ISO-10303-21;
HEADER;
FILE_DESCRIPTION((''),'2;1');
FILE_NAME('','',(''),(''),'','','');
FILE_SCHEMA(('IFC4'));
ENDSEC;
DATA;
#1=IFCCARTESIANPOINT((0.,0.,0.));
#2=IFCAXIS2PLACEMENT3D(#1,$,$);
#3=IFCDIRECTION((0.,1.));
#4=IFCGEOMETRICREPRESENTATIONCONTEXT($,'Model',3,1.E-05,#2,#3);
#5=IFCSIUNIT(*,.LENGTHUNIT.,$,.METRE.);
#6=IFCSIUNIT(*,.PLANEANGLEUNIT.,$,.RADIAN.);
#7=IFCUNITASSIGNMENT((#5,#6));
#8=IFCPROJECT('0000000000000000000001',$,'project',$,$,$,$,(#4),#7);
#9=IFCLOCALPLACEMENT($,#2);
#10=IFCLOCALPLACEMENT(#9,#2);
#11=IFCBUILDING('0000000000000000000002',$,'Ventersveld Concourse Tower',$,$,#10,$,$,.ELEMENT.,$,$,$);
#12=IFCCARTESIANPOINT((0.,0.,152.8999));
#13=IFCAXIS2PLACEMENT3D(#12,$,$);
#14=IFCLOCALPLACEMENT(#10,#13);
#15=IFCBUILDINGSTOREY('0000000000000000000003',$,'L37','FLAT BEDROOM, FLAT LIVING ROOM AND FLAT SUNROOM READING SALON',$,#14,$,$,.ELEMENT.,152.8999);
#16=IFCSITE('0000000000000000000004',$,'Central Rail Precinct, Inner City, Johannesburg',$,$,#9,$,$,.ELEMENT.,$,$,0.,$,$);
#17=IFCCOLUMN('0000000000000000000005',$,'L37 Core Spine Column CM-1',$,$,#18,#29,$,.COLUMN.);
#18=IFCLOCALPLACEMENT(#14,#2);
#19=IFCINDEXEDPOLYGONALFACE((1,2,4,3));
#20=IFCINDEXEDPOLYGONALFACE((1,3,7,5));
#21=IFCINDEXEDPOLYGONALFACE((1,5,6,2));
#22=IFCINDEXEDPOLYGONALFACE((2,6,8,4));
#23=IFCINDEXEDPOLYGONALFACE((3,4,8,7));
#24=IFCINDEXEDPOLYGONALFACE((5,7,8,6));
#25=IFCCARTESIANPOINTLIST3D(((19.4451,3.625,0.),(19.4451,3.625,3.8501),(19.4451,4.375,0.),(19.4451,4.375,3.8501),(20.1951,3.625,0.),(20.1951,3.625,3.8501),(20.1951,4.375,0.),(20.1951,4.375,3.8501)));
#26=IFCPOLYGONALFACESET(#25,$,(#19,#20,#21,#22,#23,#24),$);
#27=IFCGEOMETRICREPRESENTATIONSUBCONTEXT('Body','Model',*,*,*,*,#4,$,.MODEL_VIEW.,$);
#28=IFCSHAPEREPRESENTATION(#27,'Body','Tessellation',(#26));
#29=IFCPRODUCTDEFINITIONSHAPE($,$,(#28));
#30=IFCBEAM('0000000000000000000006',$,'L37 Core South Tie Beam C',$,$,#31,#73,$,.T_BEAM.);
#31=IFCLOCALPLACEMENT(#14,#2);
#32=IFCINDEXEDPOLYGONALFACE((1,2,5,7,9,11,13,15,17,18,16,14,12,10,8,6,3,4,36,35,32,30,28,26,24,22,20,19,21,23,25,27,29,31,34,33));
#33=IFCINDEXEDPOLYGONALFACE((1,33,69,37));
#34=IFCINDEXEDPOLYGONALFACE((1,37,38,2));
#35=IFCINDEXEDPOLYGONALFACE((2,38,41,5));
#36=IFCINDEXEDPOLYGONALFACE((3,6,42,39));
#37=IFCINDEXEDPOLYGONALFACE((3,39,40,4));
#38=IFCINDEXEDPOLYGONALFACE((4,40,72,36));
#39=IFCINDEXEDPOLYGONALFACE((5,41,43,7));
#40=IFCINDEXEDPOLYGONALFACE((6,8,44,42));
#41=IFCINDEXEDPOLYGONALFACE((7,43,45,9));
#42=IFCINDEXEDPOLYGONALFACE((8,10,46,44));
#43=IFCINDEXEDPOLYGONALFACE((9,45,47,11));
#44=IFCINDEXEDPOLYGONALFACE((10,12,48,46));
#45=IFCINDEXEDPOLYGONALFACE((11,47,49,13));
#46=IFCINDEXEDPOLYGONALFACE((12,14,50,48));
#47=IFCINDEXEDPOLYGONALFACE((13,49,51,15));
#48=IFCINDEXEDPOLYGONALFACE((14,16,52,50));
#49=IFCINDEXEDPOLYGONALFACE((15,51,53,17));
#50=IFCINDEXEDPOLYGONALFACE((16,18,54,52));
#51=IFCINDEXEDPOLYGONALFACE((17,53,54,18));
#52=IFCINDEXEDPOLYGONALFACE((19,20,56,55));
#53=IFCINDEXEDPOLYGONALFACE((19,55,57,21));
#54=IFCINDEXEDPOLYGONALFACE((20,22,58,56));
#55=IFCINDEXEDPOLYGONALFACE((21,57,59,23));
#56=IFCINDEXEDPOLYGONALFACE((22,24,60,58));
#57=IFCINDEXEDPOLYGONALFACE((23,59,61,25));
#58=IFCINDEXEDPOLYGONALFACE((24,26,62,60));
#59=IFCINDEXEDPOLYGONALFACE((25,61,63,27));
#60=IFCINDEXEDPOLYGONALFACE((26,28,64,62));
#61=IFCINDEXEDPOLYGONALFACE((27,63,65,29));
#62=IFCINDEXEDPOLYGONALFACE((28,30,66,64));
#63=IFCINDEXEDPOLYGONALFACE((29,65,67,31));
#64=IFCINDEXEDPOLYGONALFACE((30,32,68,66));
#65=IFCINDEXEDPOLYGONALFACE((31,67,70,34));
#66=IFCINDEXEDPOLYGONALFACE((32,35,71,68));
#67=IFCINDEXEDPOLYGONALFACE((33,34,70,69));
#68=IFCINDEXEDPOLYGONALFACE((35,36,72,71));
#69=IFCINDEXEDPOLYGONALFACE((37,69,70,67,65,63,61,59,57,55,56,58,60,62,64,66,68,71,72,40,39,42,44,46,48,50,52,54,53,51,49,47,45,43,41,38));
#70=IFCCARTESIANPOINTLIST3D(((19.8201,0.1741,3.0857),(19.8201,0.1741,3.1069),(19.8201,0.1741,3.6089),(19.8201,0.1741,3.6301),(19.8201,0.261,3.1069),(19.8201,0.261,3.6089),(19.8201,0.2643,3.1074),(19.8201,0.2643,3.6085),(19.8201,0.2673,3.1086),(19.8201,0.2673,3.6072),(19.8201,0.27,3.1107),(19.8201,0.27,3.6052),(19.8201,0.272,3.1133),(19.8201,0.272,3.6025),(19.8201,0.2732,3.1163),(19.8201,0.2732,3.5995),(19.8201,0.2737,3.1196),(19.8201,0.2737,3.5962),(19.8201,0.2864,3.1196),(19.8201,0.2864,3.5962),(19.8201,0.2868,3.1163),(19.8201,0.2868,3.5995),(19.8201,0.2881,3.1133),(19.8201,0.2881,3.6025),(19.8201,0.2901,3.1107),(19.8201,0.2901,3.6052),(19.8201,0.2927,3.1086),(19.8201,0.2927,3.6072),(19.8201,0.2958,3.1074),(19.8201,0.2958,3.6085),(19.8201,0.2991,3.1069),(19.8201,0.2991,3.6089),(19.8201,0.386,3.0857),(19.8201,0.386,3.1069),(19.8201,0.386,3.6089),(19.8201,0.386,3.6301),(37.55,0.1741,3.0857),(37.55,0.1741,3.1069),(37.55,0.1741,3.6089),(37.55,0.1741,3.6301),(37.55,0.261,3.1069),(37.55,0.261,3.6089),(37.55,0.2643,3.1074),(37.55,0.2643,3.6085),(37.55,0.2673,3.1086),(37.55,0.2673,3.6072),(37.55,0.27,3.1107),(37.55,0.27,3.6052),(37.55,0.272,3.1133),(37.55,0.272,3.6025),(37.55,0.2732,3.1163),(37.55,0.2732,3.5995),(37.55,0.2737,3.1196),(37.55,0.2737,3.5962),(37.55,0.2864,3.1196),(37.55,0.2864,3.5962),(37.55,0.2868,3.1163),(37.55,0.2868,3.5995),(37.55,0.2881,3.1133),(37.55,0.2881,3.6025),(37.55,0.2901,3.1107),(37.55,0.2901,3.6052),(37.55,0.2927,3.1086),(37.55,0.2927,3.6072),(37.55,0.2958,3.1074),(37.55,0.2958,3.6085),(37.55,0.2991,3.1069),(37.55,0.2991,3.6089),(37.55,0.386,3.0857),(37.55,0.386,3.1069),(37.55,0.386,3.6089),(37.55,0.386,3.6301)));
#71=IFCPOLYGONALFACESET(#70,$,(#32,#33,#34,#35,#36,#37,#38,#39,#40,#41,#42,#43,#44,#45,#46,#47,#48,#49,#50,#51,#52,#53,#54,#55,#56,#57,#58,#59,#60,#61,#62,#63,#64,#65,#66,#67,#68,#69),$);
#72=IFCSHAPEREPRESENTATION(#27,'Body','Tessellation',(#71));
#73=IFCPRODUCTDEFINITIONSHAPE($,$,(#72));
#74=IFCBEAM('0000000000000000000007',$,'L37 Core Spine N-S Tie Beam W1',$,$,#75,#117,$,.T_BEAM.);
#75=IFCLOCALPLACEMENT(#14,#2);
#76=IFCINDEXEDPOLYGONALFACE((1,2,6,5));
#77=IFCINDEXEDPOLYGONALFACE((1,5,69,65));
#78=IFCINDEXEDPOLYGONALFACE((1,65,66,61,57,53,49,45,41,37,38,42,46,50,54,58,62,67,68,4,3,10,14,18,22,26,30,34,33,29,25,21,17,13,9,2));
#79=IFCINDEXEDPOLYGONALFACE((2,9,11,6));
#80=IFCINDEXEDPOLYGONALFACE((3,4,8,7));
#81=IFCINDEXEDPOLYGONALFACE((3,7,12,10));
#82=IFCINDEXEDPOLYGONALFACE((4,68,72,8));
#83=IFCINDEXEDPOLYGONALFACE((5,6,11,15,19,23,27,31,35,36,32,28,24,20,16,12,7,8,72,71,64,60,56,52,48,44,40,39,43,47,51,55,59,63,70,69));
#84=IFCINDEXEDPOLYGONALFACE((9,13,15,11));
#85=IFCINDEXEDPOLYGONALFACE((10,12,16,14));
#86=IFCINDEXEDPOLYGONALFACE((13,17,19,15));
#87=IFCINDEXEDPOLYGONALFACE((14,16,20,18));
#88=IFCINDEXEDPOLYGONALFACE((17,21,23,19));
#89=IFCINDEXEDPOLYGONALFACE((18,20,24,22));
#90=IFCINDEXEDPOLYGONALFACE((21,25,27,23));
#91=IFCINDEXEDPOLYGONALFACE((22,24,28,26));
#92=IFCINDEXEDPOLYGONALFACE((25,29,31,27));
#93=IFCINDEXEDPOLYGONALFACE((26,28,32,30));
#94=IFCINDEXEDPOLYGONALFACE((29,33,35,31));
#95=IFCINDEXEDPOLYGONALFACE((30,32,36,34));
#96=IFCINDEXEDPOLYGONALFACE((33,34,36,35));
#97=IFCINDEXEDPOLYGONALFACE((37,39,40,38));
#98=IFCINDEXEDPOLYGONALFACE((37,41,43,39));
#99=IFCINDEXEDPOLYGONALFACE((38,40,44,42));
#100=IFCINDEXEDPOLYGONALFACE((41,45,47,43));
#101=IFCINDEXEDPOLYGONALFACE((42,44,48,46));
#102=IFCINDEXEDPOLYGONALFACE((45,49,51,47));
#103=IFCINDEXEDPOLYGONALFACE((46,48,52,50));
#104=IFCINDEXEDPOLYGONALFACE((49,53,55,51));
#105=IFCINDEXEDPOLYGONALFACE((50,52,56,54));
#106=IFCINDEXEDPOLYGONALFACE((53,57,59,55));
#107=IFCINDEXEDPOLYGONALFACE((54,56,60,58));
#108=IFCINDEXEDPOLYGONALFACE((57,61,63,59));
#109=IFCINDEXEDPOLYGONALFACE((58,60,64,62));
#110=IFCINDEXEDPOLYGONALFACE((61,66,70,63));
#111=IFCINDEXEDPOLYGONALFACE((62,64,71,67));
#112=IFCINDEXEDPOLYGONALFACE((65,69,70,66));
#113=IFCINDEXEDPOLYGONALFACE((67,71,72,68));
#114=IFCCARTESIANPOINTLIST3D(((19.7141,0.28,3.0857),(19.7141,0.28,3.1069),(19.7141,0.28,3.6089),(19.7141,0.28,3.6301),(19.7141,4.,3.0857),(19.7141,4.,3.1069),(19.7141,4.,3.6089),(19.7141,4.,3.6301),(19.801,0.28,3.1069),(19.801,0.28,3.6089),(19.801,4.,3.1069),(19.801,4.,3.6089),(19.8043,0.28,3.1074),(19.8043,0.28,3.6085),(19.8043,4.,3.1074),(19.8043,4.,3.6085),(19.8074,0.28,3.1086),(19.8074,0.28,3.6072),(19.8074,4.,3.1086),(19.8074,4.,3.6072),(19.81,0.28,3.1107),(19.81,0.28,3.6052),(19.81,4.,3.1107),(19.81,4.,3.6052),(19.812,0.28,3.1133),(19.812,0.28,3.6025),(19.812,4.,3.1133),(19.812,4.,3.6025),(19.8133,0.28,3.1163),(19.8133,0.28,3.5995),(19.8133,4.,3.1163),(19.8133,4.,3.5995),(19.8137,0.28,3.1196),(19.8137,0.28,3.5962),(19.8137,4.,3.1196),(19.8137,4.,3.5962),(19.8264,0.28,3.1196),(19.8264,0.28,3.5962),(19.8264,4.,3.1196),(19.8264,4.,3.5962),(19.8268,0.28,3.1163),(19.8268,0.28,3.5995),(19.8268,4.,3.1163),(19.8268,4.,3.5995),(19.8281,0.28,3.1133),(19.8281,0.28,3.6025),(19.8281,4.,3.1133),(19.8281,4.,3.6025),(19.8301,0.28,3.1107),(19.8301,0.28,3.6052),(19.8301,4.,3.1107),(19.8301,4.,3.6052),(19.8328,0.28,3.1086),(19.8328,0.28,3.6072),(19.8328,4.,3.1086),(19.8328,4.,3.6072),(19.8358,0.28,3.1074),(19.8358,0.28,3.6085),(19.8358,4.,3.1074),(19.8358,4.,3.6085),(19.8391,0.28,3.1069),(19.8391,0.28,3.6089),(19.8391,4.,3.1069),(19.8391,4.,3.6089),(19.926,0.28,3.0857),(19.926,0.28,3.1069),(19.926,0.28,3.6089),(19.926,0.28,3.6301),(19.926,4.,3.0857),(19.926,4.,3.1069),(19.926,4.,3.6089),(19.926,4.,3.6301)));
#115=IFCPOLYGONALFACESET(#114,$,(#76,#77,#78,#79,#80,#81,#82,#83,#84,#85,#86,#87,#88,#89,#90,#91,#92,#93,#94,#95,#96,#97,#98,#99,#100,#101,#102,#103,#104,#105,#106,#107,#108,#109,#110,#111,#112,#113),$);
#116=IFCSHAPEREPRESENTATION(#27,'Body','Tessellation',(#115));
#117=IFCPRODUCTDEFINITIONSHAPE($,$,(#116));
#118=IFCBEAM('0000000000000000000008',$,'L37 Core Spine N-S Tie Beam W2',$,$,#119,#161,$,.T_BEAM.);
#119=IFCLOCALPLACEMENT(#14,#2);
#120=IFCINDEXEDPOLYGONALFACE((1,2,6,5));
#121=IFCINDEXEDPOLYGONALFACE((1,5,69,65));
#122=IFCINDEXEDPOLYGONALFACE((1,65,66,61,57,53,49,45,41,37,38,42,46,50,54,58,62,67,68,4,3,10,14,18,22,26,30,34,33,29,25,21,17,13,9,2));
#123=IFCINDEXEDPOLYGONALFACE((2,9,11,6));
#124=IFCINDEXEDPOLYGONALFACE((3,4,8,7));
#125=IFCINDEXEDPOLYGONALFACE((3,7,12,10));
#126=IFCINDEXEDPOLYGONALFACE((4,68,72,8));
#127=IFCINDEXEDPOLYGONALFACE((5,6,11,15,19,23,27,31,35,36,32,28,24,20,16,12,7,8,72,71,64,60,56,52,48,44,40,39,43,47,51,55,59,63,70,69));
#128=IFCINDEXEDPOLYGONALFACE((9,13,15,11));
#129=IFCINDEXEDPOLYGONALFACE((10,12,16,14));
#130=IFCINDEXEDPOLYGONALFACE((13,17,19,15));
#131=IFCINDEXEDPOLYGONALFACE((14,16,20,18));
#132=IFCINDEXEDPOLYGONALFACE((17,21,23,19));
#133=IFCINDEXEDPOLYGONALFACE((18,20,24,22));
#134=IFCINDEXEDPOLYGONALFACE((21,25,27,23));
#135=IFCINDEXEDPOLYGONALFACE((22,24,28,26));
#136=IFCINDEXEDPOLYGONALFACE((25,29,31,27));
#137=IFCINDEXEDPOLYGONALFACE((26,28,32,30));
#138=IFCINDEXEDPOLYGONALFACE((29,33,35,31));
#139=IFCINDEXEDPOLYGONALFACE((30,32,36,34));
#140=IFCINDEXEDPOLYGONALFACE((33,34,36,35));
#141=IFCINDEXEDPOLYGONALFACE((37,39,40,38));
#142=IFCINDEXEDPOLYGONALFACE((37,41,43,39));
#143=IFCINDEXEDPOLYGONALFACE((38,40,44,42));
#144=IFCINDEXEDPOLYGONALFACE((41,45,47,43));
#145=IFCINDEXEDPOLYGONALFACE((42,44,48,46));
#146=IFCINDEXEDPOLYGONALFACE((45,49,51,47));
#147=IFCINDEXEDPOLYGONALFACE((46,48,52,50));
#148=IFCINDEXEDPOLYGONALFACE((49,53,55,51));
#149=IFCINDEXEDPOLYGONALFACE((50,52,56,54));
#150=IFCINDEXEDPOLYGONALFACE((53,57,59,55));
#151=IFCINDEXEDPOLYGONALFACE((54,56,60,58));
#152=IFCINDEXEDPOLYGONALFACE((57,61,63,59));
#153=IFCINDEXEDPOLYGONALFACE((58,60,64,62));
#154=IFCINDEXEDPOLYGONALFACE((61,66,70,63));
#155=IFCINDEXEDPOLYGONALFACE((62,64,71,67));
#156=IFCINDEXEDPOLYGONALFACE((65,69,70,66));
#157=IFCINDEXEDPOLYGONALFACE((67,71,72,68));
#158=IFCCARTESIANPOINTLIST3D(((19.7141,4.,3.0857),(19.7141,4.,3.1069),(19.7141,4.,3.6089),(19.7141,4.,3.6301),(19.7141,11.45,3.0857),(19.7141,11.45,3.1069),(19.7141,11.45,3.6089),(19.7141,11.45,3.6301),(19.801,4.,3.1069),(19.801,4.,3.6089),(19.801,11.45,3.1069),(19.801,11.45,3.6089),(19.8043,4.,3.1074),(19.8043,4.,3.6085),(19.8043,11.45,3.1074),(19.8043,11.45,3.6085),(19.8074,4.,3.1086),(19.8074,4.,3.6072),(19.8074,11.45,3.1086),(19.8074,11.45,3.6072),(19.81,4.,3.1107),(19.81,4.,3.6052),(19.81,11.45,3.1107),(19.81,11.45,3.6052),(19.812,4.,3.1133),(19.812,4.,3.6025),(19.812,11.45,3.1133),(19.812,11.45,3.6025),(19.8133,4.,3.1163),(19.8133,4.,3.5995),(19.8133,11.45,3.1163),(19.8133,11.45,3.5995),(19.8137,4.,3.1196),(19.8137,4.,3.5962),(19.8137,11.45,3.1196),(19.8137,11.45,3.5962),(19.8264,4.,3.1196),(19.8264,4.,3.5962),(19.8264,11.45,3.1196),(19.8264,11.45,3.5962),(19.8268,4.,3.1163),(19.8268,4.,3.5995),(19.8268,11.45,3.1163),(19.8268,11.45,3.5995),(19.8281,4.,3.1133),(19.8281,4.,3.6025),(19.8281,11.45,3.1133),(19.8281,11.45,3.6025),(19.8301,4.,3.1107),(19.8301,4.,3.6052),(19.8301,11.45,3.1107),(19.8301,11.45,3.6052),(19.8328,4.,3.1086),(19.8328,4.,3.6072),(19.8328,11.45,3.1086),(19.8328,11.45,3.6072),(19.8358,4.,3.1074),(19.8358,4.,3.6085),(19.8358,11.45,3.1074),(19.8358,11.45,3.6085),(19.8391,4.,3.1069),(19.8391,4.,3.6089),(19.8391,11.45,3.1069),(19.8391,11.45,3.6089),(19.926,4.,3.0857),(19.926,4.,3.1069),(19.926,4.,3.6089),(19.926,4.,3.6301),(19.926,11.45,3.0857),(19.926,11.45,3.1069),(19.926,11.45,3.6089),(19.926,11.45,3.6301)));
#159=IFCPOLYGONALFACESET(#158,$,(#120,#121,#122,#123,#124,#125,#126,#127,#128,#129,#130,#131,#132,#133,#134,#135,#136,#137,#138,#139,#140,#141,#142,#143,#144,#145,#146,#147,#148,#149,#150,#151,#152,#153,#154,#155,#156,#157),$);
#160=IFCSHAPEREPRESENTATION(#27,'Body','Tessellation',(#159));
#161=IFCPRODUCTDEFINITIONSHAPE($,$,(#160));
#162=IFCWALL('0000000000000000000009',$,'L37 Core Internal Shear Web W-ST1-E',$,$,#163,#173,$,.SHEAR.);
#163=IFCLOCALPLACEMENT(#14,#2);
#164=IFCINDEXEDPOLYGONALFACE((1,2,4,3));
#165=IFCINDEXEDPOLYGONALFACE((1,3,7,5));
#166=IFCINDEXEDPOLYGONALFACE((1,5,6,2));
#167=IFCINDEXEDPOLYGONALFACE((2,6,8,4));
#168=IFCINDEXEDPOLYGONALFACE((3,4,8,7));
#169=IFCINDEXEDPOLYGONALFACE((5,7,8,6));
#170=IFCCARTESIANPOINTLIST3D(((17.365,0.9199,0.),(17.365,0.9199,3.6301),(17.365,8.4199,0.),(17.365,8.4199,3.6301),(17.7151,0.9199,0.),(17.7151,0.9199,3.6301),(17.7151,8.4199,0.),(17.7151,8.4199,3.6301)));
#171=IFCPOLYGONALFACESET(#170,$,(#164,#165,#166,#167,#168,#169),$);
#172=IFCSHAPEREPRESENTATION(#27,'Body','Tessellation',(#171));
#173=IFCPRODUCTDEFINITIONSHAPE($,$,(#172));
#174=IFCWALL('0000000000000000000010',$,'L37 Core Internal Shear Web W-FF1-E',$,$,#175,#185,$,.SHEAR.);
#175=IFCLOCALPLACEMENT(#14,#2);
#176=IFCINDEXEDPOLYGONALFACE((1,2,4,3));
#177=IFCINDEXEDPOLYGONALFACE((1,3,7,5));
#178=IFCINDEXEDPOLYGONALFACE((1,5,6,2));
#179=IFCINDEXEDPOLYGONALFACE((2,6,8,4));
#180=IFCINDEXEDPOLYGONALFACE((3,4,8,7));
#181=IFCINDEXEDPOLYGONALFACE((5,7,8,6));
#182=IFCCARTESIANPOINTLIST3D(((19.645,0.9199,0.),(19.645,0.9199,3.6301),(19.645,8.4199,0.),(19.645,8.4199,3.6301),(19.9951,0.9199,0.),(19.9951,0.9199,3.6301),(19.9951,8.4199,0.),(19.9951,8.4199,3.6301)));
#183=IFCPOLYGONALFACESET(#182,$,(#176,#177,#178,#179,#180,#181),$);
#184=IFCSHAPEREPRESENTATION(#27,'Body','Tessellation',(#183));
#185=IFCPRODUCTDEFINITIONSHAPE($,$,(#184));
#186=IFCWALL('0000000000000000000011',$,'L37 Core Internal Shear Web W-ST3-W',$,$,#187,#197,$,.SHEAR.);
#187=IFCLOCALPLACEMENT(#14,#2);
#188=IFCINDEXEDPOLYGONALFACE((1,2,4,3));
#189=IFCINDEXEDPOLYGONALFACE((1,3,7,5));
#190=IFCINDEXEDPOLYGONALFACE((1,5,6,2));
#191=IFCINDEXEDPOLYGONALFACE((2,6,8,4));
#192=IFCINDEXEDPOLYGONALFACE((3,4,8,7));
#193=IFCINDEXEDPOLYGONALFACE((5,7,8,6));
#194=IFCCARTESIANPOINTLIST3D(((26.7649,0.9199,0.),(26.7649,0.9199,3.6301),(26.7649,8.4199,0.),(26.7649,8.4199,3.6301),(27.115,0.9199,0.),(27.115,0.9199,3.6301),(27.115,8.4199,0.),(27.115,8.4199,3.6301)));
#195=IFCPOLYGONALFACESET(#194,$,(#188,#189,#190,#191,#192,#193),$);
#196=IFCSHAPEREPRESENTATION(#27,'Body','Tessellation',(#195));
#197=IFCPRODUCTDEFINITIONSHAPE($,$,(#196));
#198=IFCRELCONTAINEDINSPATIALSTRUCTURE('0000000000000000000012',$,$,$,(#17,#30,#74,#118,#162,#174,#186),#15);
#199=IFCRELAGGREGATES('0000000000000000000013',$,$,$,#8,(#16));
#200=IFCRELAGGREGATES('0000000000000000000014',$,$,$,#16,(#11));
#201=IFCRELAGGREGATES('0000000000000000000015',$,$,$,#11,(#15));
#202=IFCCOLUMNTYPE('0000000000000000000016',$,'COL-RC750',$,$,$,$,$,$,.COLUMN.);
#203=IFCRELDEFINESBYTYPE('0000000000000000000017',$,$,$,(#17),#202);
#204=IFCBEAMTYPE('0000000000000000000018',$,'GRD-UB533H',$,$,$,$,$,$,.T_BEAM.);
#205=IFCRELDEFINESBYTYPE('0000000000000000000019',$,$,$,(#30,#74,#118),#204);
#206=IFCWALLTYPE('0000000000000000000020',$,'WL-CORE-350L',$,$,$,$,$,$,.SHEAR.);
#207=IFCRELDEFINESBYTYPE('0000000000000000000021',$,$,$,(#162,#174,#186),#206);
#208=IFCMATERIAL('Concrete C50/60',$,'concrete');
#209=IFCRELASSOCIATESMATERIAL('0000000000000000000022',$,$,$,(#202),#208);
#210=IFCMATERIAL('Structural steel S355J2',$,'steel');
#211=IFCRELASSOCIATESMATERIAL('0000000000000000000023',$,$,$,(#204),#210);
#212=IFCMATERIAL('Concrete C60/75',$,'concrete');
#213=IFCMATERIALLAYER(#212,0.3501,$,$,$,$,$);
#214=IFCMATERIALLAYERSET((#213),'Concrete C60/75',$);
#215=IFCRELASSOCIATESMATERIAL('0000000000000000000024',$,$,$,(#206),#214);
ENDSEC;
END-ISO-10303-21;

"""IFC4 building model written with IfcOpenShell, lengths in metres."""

from ifc_helpers import new_model, si_unit, direction, frame, frame_2d, origin, origin_2d, place, context, subcontext, project, spatial, rectangle, i_section, extrude, material, layer, layer_set, material_profile, profile_set, type_object, element, save


model = new_model("IFC4")

# Units and contexts
model_context = context("Model", 3, precision=1e-05, world=origin(), true_north=direction((0.0, 1.0)))
body_context = subcontext(model_context, "Body", "Model", "MODEL_VIEW")
ifc_project = project(units=[si_unit("LENGTHUNIT", "METRE"), si_unit("PLANEANGLEUNIT", "RADIAN")], contexts=[model_context])

# Site, building, storey
site_placement = place(None, origin())
site = spatial("IfcSite", under=ifc_project, at=site_placement, Name="Central Rail Precinct, Inner City, Johannesburg", CompositionType="ELEMENT", RefElevation=0.0)
building_placement = place(site_placement, origin())
building = spatial("IfcBuilding", under=site, at=building_placement, Name="Ventersveld Concourse Tower", CompositionType="ELEMENT")
storey_placement = place(building_placement, frame((0.0, 0.0, 152.8999)))
storey = spatial("IfcBuildingStorey", under=building, at=storey_placement, Name="L37", Description="FLAT BEDROOM, FLAT LIVING ROOM AND FLAT SUNROOM READING SALON", CompositionType="ELEMENT", Elevation=152.8999)

# Column
ifc_material_1 = material(Name="Concrete C50/60", Category="concrete")
ifc_material_profile_1 = material_profile(ifc_material_1, rectangle(XDim=0.75, YDim=0.75, at=origin_2d()), Name="RC 750x750")
ifc_profile_set_1 = profile_set([ifc_material_profile_1], Name="Concrete C50/60")
column_type = type_object("IfcColumnType", Name="COL-RC750", PredefinedType="COLUMN", material=ifc_profile_set_1)
column_placement = place(storey_placement, frame((19.8201, 4.0, 0.0), z_axis=(0.0, 0.0, 1.0), x_axis=(1.0, 0.0, 0.0)))
element("IfcColumn", 1, at=column_placement, inside=storey, type_object=column_type, Name="L37 Core Spine Column CM-1", PredefinedType="COLUMN", context=body_context, shape_type="SweptSolid", body=[
    extrude(rectangle(XDim=0.75, YDim=0.75, at=origin_2d()), origin(), (0.0, 0.0, 1.0), 3.8501),
])

# Beams
ifc_material_2 = material(Name="Structural steel S355J2", Category="steel")
ifc_material_profile_2 = material_profile(ifc_material_2, i_section(OverallWidth=0.2119, OverallDepth=0.5444, WebThickness=0.0127, FlangeThickness=0.0212, FilletRadius=0.0127, at=origin_2d()), Name="UB 533x210x122")
ifc_profile_set_2 = profile_set([ifc_material_profile_2], Name="Structural steel S355J2")
beam_type = type_object("IfcBeamType", Name="GRD-UB533H", PredefinedType="T_BEAM", material=ifc_profile_set_2)
beam_1_placement = place(storey_placement, frame((19.8201, 0.28, 3.3579), z_axis=(1.0, 0.0, 0.0), x_axis=(0.0, 1.0, 0.0)))
element("IfcBeam", 2, at=beam_1_placement, inside=storey, type_object=beam_type, Name="L37 Core South Tie Beam C", PredefinedType="T_BEAM", context=body_context, shape_type="SweptSolid", body=[
    extrude(i_section(OverallWidth=0.2119, OverallDepth=0.5444, WebThickness=0.0127, FlangeThickness=0.0212, FilletRadius=0.0127, at=origin_2d()), origin(), (0.0, 0.0, 1.0), 17.73),
])
beam_2_placement = place(storey_placement, frame((19.8201, 0.28, 3.3579), z_axis=(0.0, 1.0, 0.0), x_axis=(-1.0, 0.0, 0.0)))
element("IfcBeam", 3, at=beam_2_placement, inside=storey, type_object=beam_type, Name="L37 Core Spine N-S Tie Beam W1", PredefinedType="T_BEAM", context=body_context, shape_type="SweptSolid", body=[
    extrude(i_section(OverallWidth=0.2119, OverallDepth=0.5444, WebThickness=0.0127, FlangeThickness=0.0212, FilletRadius=0.0127, at=origin_2d()), origin(), (0.0, 0.0, 1.0), 3.72),
])
beam_3_placement = place(storey_placement, frame((19.8201, 4.0, 3.3579), z_axis=(0.0, 1.0, 0.0), x_axis=(-1.0, 0.0, 0.0)))
element("IfcBeam", 4, at=beam_3_placement, inside=storey, type_object=beam_type, Name="L37 Core Spine N-S Tie Beam W2", PredefinedType="T_BEAM", context=body_context, shape_type="SweptSolid", body=[
    extrude(i_section(OverallWidth=0.2119, OverallDepth=0.5444, WebThickness=0.0127, FlangeThickness=0.0212, FilletRadius=0.0127, at=origin_2d()), origin(), (0.0, 0.0, 1.0), 7.45),
])

# Walls
ifc_material_3 = material(Name="Concrete C60/75", Category="concrete")
ifc_layer_1 = layer(ifc_material_3, 0.3501)
ifc_layer_set_1 = layer_set([ifc_layer_1], Name="Concrete C60/75")
wall_type_1 = type_object("IfcWallType", Name="WL-CORE-350L", PredefinedType="SHEAR", material=ifc_layer_set_1)
for number, where, z_axis, x_axis, name in (
    (5, (17.54, 0.9199, 0.0), (0.0, 0.0, 1.0), (0.0, 1.0, 0.0), "L37 Core Internal Shear Web W-ST1-E"),
    (6, (19.8201, 0.9199, 0.0), (0.0, 0.0, 1.0), (0.0, 1.0, 0.0), "L37 Core Internal Shear Web W-FF1-E"),
    (7, (26.9399, 0.9199, 0.0), (0.0, 0.0, 1.0), (0.0, 1.0, 0.0), "L37 Core Internal Shear Web W-ST3-W"),
):
    element("IfcWall", number, at=place(storey_placement, frame(where, z_axis=z_axis, x_axis=x_axis)), inside=storey, type_object=wall_type_1, Name=name, PredefinedType="SHEAR", context=body_context, shape_type="SweptSolid", body=[
        extrude(rectangle(XDim=7.5, YDim=0.3501, at=frame_2d((3.75, 0.0))), origin(), (0.0, 0.0, 1.0), 3.6301),
    ])

save(model, "model.ifc")
